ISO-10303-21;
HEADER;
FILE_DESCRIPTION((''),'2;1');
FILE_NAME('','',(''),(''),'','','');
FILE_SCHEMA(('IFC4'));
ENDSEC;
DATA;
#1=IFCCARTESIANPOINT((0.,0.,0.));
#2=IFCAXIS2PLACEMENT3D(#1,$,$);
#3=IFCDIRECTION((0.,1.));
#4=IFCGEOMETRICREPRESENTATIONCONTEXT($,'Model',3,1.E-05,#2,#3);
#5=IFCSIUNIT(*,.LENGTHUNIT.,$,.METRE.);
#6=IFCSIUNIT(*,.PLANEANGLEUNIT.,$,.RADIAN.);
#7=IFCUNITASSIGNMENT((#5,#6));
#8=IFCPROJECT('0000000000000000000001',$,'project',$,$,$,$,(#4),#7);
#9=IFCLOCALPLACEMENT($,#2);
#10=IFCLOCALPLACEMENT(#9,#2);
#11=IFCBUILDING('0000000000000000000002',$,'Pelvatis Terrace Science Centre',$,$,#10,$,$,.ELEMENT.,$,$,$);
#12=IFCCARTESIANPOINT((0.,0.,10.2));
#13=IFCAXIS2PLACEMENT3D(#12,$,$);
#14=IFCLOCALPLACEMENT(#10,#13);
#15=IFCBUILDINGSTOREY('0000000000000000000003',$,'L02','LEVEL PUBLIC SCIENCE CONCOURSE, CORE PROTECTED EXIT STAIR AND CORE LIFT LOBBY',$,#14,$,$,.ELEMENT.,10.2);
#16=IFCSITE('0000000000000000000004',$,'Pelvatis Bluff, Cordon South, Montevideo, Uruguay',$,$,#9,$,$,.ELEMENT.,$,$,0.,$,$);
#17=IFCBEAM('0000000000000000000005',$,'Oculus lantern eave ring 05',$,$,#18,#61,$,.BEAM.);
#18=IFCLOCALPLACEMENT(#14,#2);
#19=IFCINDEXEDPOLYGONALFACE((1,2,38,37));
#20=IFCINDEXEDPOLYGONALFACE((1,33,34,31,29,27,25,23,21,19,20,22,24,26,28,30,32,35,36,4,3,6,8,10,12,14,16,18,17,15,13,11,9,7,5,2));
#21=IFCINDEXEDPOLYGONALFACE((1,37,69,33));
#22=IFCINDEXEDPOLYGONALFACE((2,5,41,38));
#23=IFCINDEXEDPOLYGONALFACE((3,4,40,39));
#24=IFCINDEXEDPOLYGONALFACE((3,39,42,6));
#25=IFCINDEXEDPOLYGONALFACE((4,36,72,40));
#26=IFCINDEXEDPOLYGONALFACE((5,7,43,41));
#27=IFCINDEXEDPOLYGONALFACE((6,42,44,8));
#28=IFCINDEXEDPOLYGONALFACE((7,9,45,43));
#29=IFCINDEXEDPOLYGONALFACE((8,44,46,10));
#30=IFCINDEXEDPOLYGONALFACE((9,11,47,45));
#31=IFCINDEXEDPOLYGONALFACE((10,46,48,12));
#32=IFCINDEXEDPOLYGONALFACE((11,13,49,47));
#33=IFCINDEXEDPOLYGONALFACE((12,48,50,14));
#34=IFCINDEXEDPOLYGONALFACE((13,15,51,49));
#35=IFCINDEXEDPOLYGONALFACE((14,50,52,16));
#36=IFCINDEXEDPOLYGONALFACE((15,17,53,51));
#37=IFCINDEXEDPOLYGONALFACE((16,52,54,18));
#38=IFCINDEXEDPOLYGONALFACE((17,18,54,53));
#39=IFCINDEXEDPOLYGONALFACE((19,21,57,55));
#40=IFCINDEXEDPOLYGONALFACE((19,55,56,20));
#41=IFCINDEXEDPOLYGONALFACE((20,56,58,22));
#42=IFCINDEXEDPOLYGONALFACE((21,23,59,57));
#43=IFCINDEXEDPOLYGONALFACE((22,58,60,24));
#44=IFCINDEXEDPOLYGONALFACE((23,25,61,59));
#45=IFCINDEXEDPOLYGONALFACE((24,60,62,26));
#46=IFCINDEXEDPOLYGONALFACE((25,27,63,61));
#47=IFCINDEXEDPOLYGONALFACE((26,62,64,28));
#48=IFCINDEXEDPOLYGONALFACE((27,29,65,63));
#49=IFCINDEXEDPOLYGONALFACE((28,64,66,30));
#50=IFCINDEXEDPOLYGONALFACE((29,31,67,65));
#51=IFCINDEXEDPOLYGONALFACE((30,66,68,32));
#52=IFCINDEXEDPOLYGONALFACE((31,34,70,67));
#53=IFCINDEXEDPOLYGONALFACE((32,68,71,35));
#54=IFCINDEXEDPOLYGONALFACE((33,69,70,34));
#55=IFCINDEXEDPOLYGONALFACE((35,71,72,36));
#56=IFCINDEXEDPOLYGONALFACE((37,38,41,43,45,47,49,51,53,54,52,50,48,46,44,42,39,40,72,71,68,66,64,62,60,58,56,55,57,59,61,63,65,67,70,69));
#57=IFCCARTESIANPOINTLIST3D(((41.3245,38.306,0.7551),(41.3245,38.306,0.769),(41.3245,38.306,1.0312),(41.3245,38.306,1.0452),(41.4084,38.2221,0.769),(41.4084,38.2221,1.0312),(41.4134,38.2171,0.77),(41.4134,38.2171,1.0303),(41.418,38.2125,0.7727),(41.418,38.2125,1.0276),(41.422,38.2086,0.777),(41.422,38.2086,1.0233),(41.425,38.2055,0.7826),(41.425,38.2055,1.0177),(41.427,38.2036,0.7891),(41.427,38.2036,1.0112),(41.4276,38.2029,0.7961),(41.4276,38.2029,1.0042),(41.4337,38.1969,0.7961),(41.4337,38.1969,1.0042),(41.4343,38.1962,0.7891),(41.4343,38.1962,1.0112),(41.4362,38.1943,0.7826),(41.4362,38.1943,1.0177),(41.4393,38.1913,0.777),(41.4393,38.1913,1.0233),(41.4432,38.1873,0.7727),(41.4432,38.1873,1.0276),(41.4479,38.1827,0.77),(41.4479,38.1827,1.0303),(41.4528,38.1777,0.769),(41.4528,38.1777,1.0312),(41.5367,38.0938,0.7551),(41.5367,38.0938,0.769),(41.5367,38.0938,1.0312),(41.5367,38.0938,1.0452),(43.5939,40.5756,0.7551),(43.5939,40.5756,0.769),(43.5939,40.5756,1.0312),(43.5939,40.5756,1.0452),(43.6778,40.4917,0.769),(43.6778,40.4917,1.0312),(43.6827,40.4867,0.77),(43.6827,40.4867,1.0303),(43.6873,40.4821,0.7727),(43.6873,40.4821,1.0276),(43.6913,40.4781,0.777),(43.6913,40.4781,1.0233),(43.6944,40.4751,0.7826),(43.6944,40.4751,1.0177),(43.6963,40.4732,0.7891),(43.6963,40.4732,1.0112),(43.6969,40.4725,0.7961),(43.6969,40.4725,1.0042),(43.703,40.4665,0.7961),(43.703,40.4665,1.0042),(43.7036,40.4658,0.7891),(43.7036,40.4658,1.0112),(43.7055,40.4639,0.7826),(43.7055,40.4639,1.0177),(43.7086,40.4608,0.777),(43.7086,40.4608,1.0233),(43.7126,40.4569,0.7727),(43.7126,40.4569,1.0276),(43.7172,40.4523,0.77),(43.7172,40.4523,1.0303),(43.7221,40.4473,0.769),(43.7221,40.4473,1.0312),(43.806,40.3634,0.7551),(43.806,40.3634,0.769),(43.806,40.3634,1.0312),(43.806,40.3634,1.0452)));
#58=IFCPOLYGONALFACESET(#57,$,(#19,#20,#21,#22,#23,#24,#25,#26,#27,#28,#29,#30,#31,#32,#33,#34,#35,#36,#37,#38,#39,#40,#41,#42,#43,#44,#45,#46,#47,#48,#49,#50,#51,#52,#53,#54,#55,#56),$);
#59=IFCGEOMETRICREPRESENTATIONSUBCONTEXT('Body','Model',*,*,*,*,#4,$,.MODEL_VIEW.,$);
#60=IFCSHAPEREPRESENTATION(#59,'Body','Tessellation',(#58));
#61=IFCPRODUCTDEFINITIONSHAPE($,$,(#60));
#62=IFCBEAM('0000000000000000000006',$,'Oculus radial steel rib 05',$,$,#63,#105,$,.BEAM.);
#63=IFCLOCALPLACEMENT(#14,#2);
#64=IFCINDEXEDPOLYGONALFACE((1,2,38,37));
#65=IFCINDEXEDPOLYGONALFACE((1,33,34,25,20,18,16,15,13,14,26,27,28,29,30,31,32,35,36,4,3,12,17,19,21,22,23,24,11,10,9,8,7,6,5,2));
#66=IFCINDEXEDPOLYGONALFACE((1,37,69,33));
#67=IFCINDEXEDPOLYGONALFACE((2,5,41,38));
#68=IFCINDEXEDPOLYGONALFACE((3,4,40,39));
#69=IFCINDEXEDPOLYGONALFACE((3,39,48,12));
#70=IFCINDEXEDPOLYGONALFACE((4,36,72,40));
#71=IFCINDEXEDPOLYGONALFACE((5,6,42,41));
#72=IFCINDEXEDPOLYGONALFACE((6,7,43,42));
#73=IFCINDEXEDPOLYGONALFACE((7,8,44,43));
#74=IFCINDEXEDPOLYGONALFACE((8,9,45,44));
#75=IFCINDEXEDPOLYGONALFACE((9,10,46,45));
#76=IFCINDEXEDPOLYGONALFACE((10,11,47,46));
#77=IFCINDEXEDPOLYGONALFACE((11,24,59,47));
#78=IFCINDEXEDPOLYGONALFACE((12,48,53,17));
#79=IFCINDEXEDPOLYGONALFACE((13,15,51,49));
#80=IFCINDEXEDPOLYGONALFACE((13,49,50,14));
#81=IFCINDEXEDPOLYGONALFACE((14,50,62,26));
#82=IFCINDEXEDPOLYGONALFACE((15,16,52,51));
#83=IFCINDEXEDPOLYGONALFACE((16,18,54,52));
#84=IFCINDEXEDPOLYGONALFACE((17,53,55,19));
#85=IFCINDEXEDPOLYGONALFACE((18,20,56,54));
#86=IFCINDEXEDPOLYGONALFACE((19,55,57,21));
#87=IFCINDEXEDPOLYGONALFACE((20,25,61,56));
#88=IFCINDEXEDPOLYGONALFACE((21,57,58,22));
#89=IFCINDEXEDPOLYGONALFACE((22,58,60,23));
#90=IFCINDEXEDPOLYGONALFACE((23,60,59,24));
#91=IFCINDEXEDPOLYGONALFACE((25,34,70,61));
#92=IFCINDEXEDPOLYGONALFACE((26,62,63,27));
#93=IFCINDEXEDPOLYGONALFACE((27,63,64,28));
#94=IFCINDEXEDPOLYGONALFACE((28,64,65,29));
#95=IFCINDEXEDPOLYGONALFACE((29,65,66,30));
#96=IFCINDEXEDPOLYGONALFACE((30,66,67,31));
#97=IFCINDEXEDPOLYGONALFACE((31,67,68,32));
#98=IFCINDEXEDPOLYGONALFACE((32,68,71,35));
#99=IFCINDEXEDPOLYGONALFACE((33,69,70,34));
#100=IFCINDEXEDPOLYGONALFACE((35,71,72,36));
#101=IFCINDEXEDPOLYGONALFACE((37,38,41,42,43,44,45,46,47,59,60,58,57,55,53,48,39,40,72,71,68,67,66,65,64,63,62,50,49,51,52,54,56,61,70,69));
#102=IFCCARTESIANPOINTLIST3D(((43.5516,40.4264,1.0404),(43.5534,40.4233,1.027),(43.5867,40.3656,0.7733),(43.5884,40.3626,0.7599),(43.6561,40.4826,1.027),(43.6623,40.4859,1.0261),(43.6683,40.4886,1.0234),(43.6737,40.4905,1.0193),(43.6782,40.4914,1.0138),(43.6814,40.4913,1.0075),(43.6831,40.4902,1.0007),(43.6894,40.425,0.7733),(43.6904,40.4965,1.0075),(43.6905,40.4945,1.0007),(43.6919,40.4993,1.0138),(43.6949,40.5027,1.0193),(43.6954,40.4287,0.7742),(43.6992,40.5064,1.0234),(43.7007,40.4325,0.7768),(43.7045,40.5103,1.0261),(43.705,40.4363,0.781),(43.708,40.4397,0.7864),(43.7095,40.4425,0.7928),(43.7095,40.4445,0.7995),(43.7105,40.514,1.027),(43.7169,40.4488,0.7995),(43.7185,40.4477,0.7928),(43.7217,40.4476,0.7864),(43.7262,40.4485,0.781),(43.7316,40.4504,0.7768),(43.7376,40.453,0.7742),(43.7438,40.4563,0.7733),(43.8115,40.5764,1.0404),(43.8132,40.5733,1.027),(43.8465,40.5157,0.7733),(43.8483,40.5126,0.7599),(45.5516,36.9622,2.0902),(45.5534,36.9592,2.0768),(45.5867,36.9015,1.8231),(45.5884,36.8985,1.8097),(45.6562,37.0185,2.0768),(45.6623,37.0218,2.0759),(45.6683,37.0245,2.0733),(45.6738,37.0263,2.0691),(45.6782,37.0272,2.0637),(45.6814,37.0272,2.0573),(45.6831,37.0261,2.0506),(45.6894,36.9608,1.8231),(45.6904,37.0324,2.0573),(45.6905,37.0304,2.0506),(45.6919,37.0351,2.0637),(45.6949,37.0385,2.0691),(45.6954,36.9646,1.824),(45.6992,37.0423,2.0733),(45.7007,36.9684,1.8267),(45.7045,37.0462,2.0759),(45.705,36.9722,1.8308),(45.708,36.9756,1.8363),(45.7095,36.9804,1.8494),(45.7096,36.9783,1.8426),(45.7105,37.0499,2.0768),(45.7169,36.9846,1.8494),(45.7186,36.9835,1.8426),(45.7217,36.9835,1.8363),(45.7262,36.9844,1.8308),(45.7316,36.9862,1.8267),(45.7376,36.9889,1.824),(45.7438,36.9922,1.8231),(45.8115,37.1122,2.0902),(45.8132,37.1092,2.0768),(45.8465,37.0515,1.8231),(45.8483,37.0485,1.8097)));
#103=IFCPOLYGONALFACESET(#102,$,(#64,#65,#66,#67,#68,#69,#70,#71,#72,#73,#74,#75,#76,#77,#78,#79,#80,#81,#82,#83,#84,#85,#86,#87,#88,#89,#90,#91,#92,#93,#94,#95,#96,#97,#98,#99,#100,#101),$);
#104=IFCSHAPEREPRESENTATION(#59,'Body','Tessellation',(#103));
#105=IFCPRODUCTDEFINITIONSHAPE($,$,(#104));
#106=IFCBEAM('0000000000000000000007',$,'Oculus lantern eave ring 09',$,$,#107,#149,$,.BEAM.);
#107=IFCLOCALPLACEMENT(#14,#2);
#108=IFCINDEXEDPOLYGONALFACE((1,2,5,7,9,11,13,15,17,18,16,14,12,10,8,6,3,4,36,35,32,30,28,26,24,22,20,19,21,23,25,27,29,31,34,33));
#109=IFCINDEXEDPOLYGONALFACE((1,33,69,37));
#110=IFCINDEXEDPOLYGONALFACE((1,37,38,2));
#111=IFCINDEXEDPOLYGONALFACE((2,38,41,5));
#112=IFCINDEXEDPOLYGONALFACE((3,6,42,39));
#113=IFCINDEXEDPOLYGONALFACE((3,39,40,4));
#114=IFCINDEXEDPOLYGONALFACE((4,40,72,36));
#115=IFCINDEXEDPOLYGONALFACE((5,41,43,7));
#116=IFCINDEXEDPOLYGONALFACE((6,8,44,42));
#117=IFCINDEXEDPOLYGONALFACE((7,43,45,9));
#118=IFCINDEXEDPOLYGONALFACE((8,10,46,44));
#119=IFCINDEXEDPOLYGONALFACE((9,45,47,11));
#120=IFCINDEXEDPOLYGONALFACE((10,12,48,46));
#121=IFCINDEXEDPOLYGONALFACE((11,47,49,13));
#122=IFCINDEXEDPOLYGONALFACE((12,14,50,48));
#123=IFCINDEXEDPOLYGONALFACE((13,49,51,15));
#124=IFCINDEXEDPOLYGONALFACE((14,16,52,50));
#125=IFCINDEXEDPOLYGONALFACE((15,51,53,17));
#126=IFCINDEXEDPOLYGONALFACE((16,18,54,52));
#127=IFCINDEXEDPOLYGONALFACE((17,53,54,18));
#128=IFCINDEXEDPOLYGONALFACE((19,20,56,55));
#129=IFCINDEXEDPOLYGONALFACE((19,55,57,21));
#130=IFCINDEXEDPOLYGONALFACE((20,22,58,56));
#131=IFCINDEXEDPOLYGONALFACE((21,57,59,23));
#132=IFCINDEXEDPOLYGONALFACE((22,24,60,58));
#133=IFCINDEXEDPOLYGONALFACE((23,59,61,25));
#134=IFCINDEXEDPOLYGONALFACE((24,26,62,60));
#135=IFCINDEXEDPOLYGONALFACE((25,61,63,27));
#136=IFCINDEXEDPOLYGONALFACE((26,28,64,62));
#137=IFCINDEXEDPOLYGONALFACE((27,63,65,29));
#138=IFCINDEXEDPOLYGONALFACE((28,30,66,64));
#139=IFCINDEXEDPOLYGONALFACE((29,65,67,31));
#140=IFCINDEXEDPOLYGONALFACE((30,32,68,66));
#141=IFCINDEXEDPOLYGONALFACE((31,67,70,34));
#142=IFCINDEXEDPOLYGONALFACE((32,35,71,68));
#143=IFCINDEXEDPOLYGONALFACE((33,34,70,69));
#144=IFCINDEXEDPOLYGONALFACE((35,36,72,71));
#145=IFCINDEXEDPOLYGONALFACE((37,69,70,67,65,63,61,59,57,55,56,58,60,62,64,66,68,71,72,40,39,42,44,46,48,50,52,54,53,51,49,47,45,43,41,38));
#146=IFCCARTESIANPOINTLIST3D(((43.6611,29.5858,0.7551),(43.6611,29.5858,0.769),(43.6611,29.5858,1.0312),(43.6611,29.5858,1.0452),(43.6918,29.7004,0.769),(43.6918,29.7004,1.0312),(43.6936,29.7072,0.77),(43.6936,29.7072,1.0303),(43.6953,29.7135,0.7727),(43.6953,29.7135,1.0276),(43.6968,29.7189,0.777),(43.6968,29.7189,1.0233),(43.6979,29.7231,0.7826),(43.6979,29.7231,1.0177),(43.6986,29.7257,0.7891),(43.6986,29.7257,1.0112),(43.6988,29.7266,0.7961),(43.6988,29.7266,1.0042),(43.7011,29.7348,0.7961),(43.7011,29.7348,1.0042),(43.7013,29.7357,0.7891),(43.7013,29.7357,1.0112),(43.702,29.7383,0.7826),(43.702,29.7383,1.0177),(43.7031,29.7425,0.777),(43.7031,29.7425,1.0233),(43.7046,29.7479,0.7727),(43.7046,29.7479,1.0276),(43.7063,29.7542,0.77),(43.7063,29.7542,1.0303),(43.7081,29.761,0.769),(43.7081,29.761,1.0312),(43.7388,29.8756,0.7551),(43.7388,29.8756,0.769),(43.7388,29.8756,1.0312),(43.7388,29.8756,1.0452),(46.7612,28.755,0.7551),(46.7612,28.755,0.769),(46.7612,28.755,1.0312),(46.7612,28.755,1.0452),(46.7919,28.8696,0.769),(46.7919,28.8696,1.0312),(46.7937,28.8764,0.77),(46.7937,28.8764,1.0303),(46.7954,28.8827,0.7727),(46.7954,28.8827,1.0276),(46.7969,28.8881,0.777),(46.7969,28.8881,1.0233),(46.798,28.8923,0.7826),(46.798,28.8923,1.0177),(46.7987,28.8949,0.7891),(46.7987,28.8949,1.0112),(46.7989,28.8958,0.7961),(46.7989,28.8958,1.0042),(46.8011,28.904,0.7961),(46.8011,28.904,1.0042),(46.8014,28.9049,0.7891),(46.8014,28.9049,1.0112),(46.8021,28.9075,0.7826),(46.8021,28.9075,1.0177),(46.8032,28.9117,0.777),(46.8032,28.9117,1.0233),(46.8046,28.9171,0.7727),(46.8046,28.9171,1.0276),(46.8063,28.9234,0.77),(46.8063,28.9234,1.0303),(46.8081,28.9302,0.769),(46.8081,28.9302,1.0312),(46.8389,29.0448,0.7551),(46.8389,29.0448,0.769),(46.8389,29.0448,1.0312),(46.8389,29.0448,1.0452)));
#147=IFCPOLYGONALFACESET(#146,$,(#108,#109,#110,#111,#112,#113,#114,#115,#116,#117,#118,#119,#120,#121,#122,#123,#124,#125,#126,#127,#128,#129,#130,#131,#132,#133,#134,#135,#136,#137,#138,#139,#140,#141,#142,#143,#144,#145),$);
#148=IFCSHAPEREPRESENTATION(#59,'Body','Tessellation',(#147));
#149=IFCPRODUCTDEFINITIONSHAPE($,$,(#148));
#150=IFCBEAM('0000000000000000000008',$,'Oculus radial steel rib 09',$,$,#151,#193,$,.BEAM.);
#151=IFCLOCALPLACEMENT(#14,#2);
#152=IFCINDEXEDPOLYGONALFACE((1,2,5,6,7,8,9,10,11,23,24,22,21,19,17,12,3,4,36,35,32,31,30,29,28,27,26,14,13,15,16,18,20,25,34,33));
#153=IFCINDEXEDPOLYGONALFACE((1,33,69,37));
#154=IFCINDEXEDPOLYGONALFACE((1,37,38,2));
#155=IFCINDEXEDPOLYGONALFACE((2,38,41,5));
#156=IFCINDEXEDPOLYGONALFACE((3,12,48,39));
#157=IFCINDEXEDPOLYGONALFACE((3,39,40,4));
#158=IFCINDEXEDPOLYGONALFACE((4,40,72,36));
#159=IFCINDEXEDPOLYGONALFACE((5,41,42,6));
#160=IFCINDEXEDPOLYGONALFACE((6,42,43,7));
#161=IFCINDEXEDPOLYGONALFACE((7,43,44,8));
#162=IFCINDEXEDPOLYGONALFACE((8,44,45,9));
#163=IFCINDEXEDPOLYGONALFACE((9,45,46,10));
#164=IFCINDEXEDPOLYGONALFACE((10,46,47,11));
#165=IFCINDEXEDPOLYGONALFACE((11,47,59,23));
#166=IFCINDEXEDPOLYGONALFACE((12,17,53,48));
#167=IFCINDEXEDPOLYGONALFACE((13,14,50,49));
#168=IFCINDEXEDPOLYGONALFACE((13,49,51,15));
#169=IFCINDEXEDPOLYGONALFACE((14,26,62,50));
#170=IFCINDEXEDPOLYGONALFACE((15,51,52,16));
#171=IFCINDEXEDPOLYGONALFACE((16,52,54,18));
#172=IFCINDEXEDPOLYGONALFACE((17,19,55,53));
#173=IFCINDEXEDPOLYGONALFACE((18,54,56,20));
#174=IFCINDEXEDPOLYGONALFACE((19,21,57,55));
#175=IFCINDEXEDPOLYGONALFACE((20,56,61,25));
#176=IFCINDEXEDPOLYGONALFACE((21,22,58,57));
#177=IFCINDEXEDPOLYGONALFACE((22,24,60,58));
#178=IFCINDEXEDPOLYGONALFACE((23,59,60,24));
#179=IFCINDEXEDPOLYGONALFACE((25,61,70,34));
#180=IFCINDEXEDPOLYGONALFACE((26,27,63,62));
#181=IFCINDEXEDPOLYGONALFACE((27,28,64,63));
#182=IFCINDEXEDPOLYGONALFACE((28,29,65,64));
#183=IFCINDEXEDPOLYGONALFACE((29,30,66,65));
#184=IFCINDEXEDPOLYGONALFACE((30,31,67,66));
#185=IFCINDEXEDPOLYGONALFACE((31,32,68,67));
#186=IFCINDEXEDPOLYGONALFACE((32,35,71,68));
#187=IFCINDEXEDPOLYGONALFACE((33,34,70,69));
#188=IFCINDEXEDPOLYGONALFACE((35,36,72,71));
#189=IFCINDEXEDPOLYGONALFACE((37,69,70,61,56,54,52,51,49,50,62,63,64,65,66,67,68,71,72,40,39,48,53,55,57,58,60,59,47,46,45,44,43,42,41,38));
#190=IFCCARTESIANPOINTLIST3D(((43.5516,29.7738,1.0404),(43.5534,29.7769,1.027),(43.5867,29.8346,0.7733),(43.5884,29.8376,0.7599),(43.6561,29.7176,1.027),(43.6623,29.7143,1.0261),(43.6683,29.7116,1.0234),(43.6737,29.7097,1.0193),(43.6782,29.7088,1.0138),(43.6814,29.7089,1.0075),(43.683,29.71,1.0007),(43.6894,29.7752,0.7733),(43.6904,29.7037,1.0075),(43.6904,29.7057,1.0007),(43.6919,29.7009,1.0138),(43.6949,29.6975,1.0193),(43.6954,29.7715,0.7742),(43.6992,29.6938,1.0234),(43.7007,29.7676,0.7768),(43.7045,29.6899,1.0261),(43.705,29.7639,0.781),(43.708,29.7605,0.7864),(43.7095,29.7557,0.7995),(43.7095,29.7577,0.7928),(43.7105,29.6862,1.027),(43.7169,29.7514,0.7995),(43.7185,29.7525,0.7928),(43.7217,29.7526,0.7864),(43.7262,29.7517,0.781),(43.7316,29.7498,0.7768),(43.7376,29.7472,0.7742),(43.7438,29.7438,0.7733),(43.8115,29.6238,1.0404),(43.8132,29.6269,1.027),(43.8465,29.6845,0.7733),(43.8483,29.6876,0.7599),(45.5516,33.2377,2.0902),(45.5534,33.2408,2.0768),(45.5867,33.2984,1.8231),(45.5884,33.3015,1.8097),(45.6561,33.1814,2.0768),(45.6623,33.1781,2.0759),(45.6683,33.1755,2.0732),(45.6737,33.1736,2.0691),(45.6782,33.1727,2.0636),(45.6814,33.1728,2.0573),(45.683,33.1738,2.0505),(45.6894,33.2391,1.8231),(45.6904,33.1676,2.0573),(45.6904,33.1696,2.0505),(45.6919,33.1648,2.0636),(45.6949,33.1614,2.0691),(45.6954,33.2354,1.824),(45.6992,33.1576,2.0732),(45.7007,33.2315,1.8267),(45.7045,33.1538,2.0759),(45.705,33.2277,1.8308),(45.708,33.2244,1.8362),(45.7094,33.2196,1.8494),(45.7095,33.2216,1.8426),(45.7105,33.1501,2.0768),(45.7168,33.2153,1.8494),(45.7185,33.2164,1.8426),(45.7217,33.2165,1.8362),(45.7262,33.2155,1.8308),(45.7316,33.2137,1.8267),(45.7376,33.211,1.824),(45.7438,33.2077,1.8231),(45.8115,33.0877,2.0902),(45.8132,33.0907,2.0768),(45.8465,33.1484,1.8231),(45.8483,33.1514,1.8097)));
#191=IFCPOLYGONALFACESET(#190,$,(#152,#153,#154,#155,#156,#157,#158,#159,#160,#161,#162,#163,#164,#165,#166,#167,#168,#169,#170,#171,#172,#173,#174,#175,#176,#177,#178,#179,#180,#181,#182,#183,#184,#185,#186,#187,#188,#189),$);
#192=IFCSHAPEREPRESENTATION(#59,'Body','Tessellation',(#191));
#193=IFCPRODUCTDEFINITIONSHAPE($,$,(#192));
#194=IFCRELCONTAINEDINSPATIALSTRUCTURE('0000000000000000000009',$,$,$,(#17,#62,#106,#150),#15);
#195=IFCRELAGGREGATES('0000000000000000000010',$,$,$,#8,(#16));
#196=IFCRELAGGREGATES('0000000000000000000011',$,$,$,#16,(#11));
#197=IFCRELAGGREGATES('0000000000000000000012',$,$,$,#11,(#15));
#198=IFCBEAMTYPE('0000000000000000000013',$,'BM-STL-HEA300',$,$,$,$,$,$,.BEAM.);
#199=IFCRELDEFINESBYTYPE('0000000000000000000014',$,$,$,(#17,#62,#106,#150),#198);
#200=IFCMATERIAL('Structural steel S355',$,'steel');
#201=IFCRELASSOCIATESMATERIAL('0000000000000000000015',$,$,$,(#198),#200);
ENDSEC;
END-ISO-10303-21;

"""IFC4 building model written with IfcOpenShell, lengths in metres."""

from ifc_helpers import new_model, si_unit, direction, frame, origin, origin_2d, place, context, subcontext, project, spatial, i_section, extrude, material, material_profile, profile_set, type_object, element, save


model = new_model("IFC4")

# Units and contexts
model_context = context("Model", 3, precision=1e-05, world=origin(), true_north=direction((0.0, 1.0)))
body_context = subcontext(model_context, "Body", "Model", "MODEL_VIEW")
ifc_project = project(units=[si_unit("LENGTHUNIT", "METRE"), si_unit("PLANEANGLEUNIT", "RADIAN")], contexts=[model_context])

# Site, building, storey
site_placement = place(None, origin())
site = spatial("IfcSite", under=ifc_project, at=site_placement, Name="Pelvatis Bluff, Cordon South, Montevideo, Uruguay", CompositionType="ELEMENT", RefElevation=0.0)
building_placement = place(site_placement, origin())
building = spatial("IfcBuilding", under=site, at=building_placement, Name="Pelvatis Terrace Science Centre", CompositionType="ELEMENT")
storey_placement = place(building_placement, frame((0.0, 0.0, 10.2)))
storey = spatial("IfcBuildingStorey", under=building, at=storey_placement, Name="L02", Description="LEVEL PUBLIC SCIENCE CONCOURSE, CORE PROTECTED EXIT STAIR AND CORE LIFT LOBBY", CompositionType="ELEMENT", Elevation=10.2)

# Beams
ifc_material_1 = material(Name="Structural steel S355", Category="steel")
ifc_material_profile_1 = material_profile(ifc_material_1, i_section(OverallWidth=0.3, OverallDepth=0.29, WebThickness=0.0085, FlangeThickness=0.0139, FilletRadius=0.0271, at=origin_2d()), Name="HEA 300")
ifc_profile_set_1 = profile_set([ifc_material_profile_1], Name="Structural steel S355")
beam_type_1 = type_object("IfcBeamType", Name="BM-STL-HEA300", PredefinedType="BEAM", material=ifc_profile_set_1)
beam_1_placement = place(storey_placement, frame((43.7, 40.4695, 0.9001), z_axis=(-0.707069, -0.707145, 0.0), x_axis=(0.707145, -0.707069, 0.0)))
element("IfcBeam", 1, at=beam_1_placement, inside=storey, type_object=beam_type_1, Name="Oculus lantern eave ring 05", PredefinedType="BEAM", context=body_context, shape_type="SweptSolid", body=[
    extrude(i_section(OverallWidth=0.3, OverallDepth=0.29, WebThickness=0.0085, FlangeThickness=0.0139, FilletRadius=0.0271, at=origin_2d()), origin(), (0.0, 0.0, 1.0), 3.2095),
])
beam_2_placement = place(storey_placement, frame((43.7, 40.4695, 0.9001), z_axis=(0.48362, -0.837657, 0.253853), x_axis=(0.866026, 0.499999, 0.0)))
element("IfcBeam", 2, at=beam_2_placement, inside=storey, type_object=beam_type_1, Name="Oculus radial steel rib 05", PredefinedType="BEAM", context=body_context, shape_type="SweptSolid", body=[
    extrude(i_section(OverallWidth=0.3, OverallDepth=0.29, WebThickness=0.0085, FlangeThickness=0.0139, FilletRadius=0.0271, at=origin_2d()), origin(), (0.0, 0.0, 1.0), 4.1355),
])
beam_3_placement = place(storey_placement, frame((43.7, 29.7307, 0.9001), z_axis=(0.965915, -0.25886, 0.0), x_axis=(0.25886, 0.965915, 0.0)))
element("IfcBeam", 3, at=beam_3_placement, inside=storey, type_object=beam_type_1, Name="Oculus lantern eave ring 09", PredefinedType="BEAM", context=body_context, shape_type="SweptSolid", body=[
    extrude(i_section(OverallWidth=0.3, OverallDepth=0.29, WebThickness=0.0085, FlangeThickness=0.0139, FilletRadius=0.0271, at=origin_2d()), origin(), (0.0, 0.0, 1.0), 3.2095),
])
beam_4_placement = place(storey_placement, frame((43.7, 29.7307, 0.9001), z_axis=(0.483644, 0.83764, 0.253866), x_axis=(-0.866011, 0.500025, 0.0)))
element("IfcBeam", 4, at=beam_4_placement, inside=storey, type_object=beam_type_1, Name="Oculus radial steel rib 09", PredefinedType="BEAM", context=body_context, shape_type="SweptSolid", body=[
    extrude(i_section(OverallWidth=0.3, OverallDepth=0.29, WebThickness=0.0085, FlangeThickness=0.0139, FilletRadius=0.0271, at=origin_2d()), origin(), (0.0, 0.0, 1.0), 4.1353),
])

save(model, "model.ifc")
